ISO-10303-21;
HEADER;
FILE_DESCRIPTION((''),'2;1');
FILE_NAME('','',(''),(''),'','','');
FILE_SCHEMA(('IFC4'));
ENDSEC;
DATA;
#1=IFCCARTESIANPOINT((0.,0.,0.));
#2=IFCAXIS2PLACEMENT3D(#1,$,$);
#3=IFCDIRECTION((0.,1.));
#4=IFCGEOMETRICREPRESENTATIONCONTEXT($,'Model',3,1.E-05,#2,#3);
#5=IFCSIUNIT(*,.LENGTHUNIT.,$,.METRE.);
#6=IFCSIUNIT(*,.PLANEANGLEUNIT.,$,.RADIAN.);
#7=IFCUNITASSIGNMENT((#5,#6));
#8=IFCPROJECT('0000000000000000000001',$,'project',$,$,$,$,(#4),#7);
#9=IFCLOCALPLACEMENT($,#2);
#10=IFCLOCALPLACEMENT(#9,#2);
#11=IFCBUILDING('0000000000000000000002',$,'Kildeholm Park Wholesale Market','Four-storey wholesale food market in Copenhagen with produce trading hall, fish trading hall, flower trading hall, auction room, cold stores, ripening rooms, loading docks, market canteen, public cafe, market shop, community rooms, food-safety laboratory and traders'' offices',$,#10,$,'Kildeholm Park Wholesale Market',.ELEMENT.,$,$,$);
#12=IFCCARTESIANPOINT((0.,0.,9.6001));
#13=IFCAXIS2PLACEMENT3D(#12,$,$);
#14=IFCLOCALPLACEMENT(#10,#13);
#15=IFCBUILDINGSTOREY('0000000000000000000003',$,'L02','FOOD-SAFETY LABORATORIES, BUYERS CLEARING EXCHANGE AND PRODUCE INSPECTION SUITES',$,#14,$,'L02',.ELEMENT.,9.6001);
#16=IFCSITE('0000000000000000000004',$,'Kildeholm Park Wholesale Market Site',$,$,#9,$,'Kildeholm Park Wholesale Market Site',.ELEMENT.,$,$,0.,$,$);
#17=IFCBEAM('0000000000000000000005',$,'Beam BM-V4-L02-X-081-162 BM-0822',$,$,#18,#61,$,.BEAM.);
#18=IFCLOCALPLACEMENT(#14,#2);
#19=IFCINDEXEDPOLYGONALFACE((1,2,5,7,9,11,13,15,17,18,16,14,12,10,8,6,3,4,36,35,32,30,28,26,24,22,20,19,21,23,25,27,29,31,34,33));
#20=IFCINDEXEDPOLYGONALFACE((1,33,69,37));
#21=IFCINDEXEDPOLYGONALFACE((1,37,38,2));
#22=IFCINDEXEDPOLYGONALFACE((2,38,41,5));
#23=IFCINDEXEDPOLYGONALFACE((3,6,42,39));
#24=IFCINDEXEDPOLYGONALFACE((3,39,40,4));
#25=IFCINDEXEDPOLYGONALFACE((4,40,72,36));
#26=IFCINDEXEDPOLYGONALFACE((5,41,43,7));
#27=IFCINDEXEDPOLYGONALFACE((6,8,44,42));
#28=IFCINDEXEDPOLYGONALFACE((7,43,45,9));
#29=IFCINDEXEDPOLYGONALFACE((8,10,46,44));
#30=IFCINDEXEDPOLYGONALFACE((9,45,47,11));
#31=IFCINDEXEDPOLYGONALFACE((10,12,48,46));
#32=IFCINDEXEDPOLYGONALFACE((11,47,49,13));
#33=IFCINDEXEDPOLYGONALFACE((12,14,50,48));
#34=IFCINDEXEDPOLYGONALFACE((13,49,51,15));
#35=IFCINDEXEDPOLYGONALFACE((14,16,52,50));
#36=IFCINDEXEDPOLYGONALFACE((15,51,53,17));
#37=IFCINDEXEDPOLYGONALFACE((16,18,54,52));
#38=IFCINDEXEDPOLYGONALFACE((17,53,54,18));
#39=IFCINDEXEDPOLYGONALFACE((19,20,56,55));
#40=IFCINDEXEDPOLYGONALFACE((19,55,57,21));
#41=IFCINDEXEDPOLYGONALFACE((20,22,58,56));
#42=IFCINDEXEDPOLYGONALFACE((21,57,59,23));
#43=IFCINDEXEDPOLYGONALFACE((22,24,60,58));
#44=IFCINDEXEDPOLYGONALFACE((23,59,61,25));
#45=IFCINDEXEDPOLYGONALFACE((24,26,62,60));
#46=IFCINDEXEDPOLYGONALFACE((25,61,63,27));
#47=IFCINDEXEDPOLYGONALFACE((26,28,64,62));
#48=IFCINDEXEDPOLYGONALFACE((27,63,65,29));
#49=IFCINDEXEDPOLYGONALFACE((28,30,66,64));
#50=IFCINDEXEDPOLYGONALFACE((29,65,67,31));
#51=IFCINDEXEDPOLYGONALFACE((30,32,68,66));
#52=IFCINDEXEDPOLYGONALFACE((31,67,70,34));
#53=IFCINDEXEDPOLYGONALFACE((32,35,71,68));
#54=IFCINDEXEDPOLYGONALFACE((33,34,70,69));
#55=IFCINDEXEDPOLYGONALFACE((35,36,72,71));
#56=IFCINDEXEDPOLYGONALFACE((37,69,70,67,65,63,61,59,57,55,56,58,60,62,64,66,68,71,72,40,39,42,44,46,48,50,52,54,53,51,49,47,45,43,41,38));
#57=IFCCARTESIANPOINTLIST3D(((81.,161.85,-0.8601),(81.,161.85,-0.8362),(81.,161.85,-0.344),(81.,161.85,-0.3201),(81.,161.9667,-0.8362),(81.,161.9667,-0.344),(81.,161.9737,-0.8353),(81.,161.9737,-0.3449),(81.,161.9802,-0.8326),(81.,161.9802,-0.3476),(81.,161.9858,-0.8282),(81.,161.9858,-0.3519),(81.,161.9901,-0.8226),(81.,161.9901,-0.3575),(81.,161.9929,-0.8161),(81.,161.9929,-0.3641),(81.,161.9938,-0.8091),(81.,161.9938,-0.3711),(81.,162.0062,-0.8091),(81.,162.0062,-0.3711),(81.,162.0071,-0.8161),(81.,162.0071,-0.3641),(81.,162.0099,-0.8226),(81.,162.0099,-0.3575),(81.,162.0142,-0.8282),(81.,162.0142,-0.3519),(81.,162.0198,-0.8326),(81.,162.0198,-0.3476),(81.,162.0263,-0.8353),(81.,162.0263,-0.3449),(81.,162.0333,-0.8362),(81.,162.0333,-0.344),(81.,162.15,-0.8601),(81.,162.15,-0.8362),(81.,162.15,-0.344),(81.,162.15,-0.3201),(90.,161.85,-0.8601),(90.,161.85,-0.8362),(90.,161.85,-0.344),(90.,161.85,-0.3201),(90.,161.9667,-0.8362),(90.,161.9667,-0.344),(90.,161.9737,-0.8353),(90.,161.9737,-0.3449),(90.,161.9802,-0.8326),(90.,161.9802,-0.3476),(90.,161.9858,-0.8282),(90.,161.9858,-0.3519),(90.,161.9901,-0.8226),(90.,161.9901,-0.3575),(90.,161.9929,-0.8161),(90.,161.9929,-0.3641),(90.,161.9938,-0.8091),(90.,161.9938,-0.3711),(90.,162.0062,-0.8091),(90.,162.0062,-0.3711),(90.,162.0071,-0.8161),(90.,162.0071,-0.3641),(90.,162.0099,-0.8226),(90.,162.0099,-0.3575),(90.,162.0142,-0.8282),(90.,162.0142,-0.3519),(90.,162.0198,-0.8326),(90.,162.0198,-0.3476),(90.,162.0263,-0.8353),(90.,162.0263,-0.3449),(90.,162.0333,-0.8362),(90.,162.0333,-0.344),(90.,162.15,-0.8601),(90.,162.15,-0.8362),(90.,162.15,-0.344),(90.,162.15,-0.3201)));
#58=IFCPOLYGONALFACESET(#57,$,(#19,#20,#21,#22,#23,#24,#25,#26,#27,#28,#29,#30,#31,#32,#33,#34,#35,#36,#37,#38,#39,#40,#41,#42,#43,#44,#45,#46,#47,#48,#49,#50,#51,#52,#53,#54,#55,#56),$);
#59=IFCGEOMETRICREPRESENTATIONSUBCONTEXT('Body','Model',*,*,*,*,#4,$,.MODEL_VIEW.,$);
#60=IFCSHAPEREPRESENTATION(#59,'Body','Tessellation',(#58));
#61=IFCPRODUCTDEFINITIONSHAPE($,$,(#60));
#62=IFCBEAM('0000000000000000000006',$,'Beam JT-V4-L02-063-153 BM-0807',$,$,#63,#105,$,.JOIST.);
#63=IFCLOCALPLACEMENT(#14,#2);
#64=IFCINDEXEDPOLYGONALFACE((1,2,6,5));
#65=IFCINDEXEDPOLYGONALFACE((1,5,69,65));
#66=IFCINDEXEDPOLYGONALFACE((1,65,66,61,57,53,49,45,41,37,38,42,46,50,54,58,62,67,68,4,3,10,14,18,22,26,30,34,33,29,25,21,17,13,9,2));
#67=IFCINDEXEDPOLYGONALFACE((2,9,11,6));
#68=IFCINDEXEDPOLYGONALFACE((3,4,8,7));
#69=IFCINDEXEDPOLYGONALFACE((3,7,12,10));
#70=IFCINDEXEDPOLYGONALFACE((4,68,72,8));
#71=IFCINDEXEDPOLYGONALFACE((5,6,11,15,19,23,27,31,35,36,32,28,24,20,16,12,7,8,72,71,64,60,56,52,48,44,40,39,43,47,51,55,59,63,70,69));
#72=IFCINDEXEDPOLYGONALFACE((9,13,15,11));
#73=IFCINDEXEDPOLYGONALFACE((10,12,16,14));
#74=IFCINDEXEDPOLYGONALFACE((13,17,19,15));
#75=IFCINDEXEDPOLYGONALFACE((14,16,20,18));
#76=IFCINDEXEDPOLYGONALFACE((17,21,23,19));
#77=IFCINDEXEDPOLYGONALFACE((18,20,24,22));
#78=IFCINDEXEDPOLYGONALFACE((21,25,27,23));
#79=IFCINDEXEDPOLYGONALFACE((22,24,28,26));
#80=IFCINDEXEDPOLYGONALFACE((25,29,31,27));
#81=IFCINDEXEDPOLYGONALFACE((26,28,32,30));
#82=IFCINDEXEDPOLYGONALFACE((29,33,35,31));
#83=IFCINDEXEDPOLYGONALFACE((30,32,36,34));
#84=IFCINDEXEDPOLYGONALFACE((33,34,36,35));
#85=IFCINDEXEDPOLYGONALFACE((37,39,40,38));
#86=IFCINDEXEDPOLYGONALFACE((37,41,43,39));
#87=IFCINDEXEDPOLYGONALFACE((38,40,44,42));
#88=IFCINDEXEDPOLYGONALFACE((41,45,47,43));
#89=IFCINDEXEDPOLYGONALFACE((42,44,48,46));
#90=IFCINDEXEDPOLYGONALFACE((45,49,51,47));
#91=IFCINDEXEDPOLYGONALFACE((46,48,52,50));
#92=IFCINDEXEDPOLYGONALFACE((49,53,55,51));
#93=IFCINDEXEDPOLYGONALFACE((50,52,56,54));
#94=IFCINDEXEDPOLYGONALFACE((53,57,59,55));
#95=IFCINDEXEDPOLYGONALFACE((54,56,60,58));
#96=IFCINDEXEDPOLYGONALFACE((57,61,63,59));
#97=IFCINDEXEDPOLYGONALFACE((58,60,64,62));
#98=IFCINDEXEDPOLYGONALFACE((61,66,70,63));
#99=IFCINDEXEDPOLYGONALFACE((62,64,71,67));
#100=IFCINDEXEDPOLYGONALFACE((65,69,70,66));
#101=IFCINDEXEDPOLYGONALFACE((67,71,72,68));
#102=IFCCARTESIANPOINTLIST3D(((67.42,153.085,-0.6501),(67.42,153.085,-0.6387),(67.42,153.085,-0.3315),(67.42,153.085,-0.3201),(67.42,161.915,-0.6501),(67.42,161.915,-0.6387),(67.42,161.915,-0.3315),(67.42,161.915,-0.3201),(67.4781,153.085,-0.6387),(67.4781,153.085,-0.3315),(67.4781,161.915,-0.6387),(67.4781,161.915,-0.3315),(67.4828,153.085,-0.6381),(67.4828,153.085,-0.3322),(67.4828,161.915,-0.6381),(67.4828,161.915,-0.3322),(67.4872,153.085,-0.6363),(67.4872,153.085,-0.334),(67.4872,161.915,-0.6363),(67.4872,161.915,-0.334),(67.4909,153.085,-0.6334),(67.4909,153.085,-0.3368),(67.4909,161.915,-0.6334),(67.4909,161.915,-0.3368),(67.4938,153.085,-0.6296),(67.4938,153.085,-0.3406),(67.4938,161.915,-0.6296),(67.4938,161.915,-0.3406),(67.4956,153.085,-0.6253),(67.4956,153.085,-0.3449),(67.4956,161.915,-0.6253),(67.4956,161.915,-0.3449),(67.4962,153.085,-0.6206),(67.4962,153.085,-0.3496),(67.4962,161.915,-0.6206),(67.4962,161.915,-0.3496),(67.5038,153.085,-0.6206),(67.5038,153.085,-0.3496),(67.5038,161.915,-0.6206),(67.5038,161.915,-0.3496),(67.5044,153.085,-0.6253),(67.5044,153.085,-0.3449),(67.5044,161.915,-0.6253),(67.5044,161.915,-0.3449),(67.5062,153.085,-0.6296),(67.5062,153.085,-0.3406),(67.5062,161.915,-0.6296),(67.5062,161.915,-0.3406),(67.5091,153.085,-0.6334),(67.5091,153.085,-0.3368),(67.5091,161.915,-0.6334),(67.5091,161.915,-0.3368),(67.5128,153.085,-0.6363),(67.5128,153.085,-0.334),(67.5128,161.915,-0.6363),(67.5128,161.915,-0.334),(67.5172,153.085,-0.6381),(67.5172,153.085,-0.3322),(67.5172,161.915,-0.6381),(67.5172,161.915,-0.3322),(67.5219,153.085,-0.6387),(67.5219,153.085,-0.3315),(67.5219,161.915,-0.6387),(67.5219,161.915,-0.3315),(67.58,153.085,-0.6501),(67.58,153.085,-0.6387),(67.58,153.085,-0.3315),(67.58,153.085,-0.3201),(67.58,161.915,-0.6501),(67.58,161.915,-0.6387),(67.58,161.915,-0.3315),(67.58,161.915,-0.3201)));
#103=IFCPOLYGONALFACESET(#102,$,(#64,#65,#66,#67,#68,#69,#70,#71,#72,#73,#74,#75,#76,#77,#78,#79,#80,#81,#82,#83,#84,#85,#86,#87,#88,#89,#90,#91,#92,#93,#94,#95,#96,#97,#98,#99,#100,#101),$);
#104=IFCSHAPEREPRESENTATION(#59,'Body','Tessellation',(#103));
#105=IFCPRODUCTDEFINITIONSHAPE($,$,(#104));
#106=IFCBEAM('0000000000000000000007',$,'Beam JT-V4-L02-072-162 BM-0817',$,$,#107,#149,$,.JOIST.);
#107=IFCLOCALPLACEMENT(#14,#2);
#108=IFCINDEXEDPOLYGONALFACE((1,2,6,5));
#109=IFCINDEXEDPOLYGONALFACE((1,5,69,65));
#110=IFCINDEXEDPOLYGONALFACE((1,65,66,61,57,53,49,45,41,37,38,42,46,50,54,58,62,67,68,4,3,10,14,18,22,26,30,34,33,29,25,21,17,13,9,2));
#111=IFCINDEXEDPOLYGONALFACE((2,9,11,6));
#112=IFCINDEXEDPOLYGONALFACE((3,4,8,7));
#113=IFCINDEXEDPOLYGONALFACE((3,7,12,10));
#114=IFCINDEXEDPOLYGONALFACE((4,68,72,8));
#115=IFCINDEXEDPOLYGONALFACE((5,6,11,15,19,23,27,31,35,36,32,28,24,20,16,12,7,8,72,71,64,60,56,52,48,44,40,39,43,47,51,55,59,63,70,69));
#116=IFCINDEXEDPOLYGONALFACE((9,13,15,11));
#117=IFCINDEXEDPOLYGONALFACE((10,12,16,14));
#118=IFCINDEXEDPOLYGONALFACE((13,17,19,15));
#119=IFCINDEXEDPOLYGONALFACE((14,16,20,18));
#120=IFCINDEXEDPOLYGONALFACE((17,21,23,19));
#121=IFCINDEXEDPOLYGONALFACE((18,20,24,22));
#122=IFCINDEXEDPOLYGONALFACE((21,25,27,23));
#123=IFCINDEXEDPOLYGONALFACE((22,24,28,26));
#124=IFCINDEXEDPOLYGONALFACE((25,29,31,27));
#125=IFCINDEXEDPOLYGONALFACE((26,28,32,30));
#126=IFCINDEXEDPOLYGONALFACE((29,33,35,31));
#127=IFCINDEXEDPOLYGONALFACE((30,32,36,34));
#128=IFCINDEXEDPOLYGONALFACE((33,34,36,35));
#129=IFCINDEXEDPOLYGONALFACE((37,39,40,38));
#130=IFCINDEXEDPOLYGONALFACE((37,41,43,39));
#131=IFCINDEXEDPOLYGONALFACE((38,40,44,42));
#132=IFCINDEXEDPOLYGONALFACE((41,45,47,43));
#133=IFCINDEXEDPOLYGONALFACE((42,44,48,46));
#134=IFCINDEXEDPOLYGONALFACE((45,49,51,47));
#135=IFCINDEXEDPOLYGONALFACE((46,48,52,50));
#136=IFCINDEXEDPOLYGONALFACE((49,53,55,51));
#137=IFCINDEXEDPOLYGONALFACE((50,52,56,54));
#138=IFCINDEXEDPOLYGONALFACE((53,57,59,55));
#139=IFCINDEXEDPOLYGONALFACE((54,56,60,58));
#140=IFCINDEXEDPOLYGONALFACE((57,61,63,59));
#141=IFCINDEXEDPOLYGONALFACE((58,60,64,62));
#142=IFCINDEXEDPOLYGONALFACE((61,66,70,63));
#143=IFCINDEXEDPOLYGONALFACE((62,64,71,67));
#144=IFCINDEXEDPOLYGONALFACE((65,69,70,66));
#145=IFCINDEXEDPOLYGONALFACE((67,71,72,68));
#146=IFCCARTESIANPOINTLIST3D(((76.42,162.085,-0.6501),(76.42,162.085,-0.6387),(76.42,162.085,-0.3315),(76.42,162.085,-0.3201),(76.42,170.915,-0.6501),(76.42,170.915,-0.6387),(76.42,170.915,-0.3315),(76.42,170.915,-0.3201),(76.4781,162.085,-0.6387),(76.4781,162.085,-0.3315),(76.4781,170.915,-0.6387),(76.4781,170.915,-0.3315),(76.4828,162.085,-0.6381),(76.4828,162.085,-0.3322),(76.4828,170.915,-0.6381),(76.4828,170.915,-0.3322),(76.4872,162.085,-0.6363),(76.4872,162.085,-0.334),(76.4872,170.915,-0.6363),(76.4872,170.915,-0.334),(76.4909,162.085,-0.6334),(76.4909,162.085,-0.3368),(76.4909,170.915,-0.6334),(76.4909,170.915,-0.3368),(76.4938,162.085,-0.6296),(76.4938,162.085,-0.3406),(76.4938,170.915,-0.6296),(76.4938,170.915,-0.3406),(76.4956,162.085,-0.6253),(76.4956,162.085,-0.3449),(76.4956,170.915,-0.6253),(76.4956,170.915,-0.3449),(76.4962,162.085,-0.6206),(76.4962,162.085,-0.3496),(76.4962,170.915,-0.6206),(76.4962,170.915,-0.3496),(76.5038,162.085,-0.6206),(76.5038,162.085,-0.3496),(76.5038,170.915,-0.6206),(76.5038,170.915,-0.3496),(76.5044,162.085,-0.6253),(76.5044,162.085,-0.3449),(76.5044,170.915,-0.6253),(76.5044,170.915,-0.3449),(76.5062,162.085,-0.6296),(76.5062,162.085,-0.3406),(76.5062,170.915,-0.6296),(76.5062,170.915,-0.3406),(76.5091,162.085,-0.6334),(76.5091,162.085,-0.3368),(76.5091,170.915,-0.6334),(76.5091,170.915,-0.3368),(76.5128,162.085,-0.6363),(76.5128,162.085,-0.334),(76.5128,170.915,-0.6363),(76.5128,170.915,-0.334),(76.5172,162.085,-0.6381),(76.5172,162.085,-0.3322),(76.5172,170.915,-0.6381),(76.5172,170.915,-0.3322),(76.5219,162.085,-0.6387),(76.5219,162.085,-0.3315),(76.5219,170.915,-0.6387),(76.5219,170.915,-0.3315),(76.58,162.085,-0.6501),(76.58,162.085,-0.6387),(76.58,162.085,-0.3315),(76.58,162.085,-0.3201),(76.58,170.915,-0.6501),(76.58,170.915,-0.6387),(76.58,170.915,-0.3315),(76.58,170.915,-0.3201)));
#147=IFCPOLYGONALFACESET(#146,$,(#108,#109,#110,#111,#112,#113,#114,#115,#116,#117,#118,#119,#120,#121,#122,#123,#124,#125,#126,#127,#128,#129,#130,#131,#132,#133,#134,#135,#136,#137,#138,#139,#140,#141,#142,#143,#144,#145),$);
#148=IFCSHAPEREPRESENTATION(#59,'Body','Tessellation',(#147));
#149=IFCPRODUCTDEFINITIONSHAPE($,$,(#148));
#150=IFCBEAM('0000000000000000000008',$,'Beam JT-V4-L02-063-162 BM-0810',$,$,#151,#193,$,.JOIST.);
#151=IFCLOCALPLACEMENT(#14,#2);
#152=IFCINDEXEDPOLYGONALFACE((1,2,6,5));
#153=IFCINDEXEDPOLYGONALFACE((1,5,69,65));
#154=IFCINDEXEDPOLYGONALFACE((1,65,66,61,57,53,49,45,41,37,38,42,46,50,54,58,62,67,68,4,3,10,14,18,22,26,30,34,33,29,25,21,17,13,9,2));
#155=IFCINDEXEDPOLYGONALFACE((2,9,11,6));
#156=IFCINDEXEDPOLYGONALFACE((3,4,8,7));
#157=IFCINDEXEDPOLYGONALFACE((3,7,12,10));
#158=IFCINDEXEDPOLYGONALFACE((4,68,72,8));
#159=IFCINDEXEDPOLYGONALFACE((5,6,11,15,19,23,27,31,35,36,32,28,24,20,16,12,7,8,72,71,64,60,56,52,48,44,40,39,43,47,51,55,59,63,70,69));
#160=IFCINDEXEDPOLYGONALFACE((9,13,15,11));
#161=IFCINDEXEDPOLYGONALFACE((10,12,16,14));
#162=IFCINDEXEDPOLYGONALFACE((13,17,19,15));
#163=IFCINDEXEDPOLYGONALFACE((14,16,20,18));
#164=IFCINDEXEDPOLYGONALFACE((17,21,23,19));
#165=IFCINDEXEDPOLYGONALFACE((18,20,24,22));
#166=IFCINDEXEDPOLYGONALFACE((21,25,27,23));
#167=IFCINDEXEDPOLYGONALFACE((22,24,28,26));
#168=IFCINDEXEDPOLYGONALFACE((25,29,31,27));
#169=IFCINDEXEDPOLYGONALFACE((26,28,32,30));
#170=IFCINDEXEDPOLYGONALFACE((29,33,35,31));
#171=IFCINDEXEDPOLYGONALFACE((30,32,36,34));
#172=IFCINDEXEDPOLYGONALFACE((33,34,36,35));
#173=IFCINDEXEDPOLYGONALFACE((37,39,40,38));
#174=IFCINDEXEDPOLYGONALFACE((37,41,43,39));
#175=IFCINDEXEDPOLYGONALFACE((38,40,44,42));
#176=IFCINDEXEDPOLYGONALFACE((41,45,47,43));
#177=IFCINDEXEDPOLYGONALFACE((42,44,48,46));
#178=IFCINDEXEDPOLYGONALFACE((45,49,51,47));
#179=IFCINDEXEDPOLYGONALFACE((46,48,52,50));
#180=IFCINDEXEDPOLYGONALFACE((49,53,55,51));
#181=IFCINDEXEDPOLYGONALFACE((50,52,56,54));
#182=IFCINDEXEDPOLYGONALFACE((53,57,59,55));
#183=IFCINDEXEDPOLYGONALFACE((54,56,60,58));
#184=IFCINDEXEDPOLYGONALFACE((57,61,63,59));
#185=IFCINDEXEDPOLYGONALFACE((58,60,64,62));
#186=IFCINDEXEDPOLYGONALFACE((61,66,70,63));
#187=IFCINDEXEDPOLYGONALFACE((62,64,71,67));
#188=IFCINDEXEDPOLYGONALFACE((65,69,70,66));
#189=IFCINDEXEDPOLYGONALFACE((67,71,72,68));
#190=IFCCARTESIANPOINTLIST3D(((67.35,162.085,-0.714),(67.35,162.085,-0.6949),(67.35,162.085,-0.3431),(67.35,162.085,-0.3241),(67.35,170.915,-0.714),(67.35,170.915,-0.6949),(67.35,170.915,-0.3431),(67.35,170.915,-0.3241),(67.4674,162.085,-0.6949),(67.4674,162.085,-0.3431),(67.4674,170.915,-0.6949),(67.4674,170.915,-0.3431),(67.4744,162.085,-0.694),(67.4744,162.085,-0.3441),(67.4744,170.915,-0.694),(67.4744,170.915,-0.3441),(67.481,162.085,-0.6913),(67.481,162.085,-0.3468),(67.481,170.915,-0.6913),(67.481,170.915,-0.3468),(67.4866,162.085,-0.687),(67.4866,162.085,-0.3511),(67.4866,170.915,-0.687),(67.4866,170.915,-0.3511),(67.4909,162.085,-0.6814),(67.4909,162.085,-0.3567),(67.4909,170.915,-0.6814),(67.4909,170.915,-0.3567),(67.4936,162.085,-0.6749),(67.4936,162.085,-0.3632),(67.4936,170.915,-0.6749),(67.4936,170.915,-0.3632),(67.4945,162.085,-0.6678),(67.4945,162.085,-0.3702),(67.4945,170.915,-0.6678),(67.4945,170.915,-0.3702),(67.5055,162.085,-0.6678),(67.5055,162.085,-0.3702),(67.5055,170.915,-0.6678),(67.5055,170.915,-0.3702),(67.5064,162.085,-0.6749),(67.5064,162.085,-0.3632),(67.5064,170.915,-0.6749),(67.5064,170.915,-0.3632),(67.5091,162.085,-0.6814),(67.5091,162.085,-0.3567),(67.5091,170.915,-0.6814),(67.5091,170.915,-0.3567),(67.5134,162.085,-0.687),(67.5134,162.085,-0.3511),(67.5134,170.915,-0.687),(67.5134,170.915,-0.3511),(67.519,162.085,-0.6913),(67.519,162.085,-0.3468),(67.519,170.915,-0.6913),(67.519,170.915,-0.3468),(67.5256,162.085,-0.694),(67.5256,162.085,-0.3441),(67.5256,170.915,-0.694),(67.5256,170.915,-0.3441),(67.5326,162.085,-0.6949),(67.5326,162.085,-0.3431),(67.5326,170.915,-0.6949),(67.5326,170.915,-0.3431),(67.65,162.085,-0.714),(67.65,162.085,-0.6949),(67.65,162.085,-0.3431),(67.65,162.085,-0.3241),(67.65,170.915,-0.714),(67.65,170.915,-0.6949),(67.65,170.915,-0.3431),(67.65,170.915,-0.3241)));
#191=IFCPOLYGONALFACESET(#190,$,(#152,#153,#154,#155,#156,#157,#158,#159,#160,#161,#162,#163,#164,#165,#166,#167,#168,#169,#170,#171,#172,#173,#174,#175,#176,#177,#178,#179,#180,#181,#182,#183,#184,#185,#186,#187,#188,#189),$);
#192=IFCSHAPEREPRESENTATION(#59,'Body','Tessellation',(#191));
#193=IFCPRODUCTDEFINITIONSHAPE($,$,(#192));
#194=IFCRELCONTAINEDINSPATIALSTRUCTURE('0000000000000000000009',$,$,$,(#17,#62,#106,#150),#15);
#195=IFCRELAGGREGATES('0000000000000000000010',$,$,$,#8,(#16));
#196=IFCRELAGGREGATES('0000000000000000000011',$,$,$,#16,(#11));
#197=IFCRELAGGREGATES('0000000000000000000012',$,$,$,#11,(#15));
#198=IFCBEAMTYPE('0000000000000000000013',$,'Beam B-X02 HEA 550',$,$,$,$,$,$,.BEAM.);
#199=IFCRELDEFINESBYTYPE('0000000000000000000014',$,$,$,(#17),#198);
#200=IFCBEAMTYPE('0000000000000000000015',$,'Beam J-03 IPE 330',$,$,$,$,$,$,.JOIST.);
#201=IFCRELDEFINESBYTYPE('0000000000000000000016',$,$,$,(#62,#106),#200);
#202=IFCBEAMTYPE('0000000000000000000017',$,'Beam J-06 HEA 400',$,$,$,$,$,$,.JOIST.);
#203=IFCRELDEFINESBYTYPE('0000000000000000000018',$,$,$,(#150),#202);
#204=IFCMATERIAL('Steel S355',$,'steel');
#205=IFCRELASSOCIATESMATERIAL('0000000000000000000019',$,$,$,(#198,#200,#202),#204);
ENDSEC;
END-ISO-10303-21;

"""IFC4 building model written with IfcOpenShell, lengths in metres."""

from ifc_helpers import new_model, si_unit, direction, frame, origin, origin_2d, place, context, subcontext, project, spatial, i_section, extrude, material, material_profile, profile_set, type_object, element, save


model = new_model("IFC4")

# Units and contexts
model_context = context("Model", 3, precision=1e-05, world=origin(), true_north=direction((0.0, 1.0)))
body_context = subcontext(model_context, "Body", "Model", "MODEL_VIEW")
ifc_project = project(units=[si_unit("LENGTHUNIT", "METRE"), si_unit("PLANEANGLEUNIT", "RADIAN")], contexts=[model_context])

# Site, building, storey
site_placement = place(None, origin())
site = spatial("IfcSite", under=ifc_project, at=site_placement, Name="Kildeholm Park Wholesale Market Site", LongName="Kildeholm Park Wholesale Market Site", CompositionType="ELEMENT", RefElevation=0.0)
building_placement = place(site_placement, origin())
building = spatial("IfcBuilding", under=site, at=building_placement, Name="Kildeholm Park Wholesale Market", Description="Four-storey wholesale food market in Copenhagen with produce trading hall, fish trading hall, flower trading hall, auction room, cold stores, ripening rooms, loading docks, market canteen, public cafe, market shop, community rooms, food-safety laboratory and traders' offices", LongName="Kildeholm Park Wholesale Market", CompositionType="ELEMENT")
storey_placement = place(building_placement, frame((0.0, 0.0, 9.6001)))
storey = spatial("IfcBuildingStorey", under=building, at=storey_placement, Name="L02", Description="FOOD-SAFETY LABORATORIES, BUYERS CLEARING EXCHANGE AND PRODUCE INSPECTION SUITES", LongName="L02", CompositionType="ELEMENT", Elevation=9.6001)

# Beams
ifc_material_1 = material(Name="Steel S355", Category="steel")
ifc_material_profile_1 = material_profile(ifc_material_1, i_section(OverallWidth=0.3, OverallDepth=0.54, WebThickness=0.0125, FlangeThickness=0.0239, FilletRadius=0.0271, at=origin_2d()), Name="HEA 550")
ifc_profile_set_1 = profile_set([ifc_material_profile_1], Name="Steel S355")
beam_type_1 = type_object("IfcBeamType", Name="Beam B-X02 HEA 550", PredefinedType="BEAM", material=ifc_profile_set_1)
beam_1_placement = place(storey_placement, frame((81.0, 162.0, -0.5901), z_axis=(1.0, 0.0, 0.0), x_axis=(0.0, 1.0, 0.0)))
element("IfcBeam", 1, at=beam_1_placement, inside=storey, type_object=beam_type_1, Name="Beam BM-V4-L02-X-081-162 BM-0822", PredefinedType="BEAM", context=body_context, shape_type="SweptSolid", body=[
    extrude(i_section(OverallWidth=0.3, OverallDepth=0.54, WebThickness=0.0125, FlangeThickness=0.0239, FilletRadius=0.0271, at=origin_2d()), origin(), (0.0, 0.0, 1.0), 9.0),
])
ifc_material_profile_2 = material_profile(ifc_material_1, i_section(OverallWidth=0.1599, OverallDepth=0.3301, WebThickness=0.0076, FlangeThickness=0.0115, FilletRadius=0.0181, at=origin_2d()), Name="IPE 330")
ifc_profile_set_2 = profile_set([ifc_material_profile_2], Name="Steel S355")
beam_type_2 = type_object("IfcBeamType", Name="Beam J-03 IPE 330", PredefinedType="JOIST", material=ifc_profile_set_2)
for number, where, z_axis, x_axis, name in (
    (2, (67.5, 153.085, -0.4851), (0.0, 1.0, 0.0), (-1.0, 0.0, 0.0), "Beam JT-V4-L02-063-153 BM-0807"),
    (3, (76.5, 162.085, -0.4851), (0.0, 1.0, 0.0), (-1.0, 0.0, 0.0), "Beam JT-V4-L02-072-162 BM-0817"),
):
    element("IfcBeam", number, at=place(storey_placement, frame(where, z_axis=z_axis, x_axis=x_axis)), inside=storey, type_object=beam_type_2, Name=name, PredefinedType="JOIST", context=body_context, shape_type="SweptSolid", body=[
        extrude(i_section(OverallWidth=0.1599, OverallDepth=0.3301, WebThickness=0.0076, FlangeThickness=0.0115, FilletRadius=0.0181, at=origin_2d()), origin(), (0.0, 0.0, 1.0), 8.8301),
    ])
ifc_material_profile_3 = material_profile(ifc_material_1, i_section(OverallWidth=0.3, OverallDepth=0.3899, WebThickness=0.011, FlangeThickness=0.019, FilletRadius=0.0271, at=origin_2d()), Name="HEA 400")
ifc_profile_set_3 = profile_set([ifc_material_profile_3], Name="Steel S355")
beam_type_3 = type_object("IfcBeamType", Name="Beam J-06 HEA 400", PredefinedType="JOIST", material=ifc_profile_set_3)
for number, where, z_axis, x_axis, name in (
    (4, (67.5, 162.085, -0.519), (0.0, 1.0, 0.0), (-1.0, 0.0, 0.0), "Beam JT-V4-L02-063-162 BM-0810"),
):
    element("IfcBeam", number, at=place(storey_placement, frame(where, z_axis=z_axis, x_axis=x_axis)), inside=storey, type_object=beam_type_3, Name=name, PredefinedType="JOIST", context=body_context, shape_type="SweptSolid", body=[
        extrude(i_section(OverallWidth=0.3, OverallDepth=0.3899, WebThickness=0.011, FlangeThickness=0.019, FilletRadius=0.0271, at=origin_2d()), origin(), (0.0, 0.0, 1.0), 8.8301),
    ])

save(model, "model.ifc")
